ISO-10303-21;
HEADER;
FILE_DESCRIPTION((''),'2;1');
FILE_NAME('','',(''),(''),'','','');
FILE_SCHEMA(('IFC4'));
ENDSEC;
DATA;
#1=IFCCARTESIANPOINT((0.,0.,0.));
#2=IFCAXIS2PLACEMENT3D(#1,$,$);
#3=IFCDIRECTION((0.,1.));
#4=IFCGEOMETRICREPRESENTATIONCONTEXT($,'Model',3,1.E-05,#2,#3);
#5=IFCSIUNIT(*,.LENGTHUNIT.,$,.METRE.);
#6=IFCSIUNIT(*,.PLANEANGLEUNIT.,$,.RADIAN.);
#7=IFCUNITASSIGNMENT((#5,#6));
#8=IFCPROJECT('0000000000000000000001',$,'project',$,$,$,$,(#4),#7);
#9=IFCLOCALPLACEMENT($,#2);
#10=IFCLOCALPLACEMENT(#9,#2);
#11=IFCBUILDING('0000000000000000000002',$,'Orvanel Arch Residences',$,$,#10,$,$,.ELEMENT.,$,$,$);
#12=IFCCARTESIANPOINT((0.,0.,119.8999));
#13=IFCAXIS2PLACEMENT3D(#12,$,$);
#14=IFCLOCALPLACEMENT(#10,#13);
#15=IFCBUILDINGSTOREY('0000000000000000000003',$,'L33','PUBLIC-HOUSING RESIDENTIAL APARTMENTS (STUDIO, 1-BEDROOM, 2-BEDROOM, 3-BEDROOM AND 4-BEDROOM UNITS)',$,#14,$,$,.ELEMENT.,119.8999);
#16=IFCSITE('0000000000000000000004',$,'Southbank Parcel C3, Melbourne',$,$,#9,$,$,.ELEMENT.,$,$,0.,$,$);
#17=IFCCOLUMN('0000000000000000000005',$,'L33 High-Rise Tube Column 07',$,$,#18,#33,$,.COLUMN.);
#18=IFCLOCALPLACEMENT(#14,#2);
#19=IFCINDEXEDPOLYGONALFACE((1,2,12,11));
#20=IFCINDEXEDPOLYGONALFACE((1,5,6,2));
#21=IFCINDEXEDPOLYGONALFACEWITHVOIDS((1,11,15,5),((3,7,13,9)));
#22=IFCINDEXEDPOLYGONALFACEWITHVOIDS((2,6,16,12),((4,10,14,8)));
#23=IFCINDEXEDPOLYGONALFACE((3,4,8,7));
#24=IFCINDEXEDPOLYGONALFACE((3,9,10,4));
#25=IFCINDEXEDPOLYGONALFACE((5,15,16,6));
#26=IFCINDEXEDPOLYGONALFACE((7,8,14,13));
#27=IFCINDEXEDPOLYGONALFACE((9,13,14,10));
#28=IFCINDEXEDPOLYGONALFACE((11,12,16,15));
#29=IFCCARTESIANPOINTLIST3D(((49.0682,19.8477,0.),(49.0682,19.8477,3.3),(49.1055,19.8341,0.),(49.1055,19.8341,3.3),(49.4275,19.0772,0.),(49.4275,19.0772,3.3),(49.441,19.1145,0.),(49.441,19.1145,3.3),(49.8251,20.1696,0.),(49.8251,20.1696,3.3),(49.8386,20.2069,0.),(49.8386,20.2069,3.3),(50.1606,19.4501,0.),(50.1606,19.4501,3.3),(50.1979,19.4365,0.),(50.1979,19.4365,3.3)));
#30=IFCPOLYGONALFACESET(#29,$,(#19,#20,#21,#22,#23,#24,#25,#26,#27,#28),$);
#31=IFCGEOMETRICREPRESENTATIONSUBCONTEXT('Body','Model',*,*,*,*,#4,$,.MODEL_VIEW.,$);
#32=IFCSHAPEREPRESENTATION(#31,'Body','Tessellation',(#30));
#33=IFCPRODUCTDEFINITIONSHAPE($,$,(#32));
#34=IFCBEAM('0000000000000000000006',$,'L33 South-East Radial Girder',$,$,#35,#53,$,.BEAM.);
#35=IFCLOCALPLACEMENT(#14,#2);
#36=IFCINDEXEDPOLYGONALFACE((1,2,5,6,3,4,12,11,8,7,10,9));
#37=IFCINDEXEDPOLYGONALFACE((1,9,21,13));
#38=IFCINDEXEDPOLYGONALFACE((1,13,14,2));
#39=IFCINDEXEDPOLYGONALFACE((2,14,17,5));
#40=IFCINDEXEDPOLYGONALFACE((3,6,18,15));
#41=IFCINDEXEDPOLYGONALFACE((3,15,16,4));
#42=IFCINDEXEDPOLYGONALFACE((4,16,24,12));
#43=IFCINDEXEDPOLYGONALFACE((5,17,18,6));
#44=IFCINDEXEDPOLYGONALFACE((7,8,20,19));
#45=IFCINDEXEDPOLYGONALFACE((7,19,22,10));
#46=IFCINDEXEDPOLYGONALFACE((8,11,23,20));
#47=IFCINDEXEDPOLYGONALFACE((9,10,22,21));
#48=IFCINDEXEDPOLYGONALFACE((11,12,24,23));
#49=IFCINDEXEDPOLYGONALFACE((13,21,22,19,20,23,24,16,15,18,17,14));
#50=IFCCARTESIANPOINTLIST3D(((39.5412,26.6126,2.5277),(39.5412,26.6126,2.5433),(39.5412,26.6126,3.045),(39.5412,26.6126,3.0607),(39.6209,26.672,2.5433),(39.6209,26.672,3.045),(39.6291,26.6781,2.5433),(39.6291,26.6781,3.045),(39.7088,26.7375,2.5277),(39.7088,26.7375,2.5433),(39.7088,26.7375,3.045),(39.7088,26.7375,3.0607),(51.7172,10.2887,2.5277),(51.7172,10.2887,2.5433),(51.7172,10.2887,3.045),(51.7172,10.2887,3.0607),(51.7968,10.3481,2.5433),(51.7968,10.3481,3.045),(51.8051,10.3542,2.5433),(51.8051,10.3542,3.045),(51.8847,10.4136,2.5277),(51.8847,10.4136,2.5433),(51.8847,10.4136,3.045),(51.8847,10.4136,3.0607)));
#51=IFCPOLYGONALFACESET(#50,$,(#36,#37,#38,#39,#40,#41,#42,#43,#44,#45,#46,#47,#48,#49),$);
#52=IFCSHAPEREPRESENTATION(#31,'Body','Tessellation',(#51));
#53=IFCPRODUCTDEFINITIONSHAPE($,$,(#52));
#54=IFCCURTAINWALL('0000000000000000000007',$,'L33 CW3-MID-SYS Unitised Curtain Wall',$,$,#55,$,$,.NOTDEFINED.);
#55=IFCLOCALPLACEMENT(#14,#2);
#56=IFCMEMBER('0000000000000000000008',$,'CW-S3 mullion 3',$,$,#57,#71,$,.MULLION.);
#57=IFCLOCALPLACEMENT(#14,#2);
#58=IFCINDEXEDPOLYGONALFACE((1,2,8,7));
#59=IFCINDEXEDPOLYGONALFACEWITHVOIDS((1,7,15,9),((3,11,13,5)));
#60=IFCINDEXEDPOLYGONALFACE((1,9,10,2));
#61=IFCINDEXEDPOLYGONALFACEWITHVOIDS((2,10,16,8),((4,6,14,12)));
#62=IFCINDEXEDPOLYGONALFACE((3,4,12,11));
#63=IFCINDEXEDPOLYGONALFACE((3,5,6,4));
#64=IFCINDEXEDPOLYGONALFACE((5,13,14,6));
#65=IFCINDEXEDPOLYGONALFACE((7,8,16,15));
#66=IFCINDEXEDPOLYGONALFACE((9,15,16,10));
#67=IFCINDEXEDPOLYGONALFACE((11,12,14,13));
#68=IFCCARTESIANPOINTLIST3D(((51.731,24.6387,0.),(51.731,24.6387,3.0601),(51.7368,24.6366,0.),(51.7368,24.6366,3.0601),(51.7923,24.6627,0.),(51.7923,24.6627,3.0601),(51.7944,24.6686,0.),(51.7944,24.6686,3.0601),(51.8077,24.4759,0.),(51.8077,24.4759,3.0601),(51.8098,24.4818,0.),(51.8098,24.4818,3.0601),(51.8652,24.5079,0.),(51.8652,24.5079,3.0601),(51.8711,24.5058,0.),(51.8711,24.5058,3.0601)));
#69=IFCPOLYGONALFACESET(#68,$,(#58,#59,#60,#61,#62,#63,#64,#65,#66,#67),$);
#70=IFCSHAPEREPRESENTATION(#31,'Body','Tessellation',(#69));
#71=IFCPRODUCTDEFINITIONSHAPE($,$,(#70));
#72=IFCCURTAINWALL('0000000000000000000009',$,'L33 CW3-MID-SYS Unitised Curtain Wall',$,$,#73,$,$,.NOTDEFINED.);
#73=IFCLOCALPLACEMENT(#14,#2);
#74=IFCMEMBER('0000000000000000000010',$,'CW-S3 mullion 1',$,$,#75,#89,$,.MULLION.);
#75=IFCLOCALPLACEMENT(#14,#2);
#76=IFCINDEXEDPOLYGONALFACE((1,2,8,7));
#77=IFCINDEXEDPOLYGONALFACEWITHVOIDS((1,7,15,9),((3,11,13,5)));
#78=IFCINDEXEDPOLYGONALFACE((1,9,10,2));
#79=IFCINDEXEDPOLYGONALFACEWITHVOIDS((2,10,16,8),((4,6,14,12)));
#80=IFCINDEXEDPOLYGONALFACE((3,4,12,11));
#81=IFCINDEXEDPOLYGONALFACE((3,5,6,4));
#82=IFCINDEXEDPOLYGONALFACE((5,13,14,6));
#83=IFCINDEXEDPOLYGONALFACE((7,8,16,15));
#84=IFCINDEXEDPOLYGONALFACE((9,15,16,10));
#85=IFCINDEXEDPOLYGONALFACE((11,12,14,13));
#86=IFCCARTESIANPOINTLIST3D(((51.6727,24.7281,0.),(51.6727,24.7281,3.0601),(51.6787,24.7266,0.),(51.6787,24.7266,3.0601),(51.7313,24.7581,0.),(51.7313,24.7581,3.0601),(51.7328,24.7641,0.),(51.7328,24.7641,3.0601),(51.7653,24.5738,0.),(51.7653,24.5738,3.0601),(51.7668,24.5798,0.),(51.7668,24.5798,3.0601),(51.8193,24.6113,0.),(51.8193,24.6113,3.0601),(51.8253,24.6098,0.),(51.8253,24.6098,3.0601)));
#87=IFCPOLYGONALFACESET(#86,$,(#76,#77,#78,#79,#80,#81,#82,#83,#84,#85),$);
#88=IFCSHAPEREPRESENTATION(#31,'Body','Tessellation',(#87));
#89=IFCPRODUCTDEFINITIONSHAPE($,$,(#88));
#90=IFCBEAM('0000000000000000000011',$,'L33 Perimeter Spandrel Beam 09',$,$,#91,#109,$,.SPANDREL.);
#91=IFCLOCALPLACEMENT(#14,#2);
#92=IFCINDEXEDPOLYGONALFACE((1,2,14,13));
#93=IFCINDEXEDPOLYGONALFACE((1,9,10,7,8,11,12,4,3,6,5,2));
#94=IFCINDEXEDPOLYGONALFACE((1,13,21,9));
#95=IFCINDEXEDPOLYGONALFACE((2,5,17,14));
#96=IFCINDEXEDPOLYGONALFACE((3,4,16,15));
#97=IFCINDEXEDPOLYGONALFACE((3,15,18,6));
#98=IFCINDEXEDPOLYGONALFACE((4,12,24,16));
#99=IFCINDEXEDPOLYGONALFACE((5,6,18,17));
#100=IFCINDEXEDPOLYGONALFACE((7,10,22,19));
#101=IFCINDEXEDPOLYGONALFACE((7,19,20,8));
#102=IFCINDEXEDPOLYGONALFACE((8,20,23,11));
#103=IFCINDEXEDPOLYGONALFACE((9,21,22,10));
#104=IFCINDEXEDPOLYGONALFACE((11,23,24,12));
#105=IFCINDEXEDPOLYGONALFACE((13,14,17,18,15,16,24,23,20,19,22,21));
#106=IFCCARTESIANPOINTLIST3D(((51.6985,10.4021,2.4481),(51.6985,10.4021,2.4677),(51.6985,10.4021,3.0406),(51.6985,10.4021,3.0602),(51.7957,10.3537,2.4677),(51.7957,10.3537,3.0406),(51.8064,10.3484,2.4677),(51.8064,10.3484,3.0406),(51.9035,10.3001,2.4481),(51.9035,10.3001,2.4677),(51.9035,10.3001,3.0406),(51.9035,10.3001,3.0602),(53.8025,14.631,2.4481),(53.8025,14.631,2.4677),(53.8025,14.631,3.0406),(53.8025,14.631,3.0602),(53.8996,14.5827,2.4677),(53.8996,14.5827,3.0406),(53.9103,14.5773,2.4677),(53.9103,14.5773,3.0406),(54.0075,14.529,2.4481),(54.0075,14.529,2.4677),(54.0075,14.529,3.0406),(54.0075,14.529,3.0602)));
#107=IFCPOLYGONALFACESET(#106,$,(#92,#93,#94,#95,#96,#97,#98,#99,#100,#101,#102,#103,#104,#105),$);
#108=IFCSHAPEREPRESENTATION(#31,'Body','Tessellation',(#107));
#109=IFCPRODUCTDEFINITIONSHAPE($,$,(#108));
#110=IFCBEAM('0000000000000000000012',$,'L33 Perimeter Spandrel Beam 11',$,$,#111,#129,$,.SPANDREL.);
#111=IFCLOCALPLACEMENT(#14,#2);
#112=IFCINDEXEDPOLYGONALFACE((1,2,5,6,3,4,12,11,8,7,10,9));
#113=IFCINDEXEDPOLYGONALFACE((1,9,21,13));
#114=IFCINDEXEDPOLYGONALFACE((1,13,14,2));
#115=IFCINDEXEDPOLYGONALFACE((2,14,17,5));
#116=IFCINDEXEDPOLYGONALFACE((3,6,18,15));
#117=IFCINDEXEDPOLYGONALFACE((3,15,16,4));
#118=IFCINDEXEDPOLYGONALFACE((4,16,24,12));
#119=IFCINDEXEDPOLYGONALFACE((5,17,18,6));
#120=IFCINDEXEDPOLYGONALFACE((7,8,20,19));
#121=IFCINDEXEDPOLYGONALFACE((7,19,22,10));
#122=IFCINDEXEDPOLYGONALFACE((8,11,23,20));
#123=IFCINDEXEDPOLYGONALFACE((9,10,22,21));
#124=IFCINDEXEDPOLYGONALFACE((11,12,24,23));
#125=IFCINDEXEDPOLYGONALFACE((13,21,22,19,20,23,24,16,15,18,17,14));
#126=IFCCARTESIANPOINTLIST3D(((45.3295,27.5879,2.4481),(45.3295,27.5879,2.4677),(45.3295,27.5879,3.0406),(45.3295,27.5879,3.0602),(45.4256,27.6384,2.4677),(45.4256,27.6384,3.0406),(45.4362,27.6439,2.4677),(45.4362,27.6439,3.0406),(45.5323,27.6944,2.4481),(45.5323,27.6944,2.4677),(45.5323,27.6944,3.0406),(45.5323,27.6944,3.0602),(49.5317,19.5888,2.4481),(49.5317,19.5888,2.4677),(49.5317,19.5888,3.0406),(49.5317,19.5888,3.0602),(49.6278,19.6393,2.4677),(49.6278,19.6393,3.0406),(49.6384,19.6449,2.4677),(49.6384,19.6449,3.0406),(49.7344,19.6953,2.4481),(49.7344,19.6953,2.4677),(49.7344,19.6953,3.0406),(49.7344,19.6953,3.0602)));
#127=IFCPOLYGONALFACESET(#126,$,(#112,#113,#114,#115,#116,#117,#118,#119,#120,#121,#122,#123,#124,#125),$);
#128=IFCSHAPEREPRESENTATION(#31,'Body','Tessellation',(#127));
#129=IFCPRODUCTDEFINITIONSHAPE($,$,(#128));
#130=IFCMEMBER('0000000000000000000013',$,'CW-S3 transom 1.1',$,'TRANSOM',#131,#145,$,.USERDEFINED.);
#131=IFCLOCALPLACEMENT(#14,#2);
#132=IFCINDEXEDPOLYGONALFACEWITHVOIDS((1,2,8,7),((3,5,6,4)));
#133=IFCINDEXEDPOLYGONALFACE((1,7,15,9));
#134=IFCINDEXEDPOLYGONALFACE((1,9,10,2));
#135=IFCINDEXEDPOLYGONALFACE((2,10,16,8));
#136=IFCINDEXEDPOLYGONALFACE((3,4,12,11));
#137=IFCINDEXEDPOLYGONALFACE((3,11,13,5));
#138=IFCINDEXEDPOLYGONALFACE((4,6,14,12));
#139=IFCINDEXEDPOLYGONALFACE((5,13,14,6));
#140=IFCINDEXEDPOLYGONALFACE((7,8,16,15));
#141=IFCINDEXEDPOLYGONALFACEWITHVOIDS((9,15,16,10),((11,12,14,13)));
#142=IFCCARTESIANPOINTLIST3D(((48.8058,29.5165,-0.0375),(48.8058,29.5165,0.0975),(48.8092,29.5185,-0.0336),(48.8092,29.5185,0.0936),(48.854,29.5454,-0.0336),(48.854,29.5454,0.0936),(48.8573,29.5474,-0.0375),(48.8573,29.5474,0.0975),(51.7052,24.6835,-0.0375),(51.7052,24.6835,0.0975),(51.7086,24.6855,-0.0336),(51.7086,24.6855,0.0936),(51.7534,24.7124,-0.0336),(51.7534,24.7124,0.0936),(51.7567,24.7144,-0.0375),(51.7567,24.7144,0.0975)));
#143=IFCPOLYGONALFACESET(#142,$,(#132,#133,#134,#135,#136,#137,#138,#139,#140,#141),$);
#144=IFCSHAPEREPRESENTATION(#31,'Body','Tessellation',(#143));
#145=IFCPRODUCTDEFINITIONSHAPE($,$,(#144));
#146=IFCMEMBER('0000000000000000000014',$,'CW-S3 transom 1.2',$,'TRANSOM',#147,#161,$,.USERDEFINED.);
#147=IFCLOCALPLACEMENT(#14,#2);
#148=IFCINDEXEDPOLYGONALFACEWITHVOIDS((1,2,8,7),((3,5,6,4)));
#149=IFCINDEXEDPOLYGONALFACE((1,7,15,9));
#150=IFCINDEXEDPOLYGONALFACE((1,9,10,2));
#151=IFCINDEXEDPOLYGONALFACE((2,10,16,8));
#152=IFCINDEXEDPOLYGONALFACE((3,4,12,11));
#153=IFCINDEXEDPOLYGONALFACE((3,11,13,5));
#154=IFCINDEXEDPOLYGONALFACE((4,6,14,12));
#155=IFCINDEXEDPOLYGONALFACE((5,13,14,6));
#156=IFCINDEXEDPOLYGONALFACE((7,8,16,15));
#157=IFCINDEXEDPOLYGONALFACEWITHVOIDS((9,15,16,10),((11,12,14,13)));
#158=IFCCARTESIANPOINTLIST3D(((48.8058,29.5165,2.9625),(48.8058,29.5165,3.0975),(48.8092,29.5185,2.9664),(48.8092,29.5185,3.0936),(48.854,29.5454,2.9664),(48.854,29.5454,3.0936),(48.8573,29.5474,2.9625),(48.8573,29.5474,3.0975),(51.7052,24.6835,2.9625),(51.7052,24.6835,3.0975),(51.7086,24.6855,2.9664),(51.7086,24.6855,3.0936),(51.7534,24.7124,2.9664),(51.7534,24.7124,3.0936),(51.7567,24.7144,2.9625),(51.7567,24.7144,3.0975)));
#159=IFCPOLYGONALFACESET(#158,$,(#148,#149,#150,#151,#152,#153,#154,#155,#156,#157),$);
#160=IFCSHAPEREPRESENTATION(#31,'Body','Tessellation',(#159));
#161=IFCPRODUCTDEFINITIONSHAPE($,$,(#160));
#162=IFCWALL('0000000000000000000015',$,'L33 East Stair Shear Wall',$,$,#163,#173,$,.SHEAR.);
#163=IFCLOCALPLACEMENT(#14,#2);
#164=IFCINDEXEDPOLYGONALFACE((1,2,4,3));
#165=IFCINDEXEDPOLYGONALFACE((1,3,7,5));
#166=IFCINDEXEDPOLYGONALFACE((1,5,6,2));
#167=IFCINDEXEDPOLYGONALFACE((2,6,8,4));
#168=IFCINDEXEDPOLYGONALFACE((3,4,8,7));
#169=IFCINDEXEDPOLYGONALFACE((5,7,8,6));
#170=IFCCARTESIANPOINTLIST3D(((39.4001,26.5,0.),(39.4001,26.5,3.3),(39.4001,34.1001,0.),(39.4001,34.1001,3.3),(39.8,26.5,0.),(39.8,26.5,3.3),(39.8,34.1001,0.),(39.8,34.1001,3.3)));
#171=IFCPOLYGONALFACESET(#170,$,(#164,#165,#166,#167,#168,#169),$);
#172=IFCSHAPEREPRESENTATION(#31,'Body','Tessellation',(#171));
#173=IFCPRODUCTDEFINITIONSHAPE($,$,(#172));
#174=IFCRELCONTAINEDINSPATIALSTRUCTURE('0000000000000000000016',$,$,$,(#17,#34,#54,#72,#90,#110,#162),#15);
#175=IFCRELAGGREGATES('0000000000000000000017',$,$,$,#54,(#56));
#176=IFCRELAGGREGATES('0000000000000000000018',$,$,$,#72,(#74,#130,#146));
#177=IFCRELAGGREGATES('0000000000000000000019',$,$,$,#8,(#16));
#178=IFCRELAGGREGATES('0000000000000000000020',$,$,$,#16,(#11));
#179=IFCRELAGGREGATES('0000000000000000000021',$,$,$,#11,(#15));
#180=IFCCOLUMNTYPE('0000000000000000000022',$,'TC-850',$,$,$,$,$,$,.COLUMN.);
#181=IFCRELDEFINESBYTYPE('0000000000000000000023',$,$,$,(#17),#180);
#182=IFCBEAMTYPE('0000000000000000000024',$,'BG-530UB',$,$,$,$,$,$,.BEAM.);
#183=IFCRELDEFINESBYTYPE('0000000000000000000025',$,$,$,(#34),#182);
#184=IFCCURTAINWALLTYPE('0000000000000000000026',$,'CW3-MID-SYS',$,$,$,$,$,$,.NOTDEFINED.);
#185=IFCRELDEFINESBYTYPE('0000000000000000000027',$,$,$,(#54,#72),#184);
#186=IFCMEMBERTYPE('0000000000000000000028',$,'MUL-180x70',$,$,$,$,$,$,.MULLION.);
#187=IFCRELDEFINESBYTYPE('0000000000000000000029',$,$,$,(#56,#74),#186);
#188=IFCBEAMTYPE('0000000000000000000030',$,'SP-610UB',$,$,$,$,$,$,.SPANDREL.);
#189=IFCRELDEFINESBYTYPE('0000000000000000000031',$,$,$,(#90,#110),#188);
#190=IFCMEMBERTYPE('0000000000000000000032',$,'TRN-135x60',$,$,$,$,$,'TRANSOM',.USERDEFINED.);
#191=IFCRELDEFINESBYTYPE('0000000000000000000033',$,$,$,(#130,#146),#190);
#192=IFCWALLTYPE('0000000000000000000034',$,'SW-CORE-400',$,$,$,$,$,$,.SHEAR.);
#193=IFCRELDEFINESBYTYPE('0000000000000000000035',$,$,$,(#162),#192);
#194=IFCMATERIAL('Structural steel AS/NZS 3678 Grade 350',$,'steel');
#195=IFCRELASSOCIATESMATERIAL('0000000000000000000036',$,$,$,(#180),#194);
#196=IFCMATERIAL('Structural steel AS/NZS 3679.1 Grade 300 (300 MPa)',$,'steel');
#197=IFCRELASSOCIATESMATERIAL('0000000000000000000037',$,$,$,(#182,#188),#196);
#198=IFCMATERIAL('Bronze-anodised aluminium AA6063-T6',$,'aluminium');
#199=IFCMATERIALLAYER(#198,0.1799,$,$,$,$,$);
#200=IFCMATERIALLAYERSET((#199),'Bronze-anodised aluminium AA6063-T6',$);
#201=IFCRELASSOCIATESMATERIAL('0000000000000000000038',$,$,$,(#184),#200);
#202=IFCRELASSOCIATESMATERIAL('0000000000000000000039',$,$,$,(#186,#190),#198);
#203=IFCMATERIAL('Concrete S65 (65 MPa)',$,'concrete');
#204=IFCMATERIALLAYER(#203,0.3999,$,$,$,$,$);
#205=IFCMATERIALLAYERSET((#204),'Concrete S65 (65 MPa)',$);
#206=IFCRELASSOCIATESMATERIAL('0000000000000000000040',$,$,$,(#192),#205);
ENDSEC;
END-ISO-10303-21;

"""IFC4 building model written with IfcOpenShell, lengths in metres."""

from ifc_helpers import new_model, si_unit, direction, frame, frame_2d, origin, origin_2d, place, context, subcontext, project, spatial, rectangle, hollow_rectangle, i_section, extrude, material, layer, layer_set, material_profile, profile_set, type_object, element, aggregate, save


model = new_model("IFC4")

# Units and contexts
model_context = context("Model", 3, precision=1e-05, world=origin(), true_north=direction((0.0, 1.0)))
body_context = subcontext(model_context, "Body", "Model", "MODEL_VIEW")
ifc_project = project(units=[si_unit("LENGTHUNIT", "METRE"), si_unit("PLANEANGLEUNIT", "RADIAN")], contexts=[model_context])

# Site, building, storey
site_placement = place(None, origin())
site = spatial("IfcSite", under=ifc_project, at=site_placement, Name="Southbank Parcel C3, Melbourne", CompositionType="ELEMENT", RefElevation=0.0)
building_placement = place(site_placement, origin())
building = spatial("IfcBuilding", under=site, at=building_placement, Name="Orvanel Arch Residences", CompositionType="ELEMENT")
storey_placement = place(building_placement, frame((0.0, 0.0, 119.8999)))
storey = spatial("IfcBuildingStorey", under=building, at=storey_placement, Name="L33", Description="PUBLIC-HOUSING RESIDENTIAL APARTMENTS (STUDIO, 1-BEDROOM, 2-BEDROOM, 3-BEDROOM AND 4-BEDROOM UNITS)", CompositionType="ELEMENT", Elevation=119.8999)

# Column
ifc_material_1 = material(Name="Structural steel AS/NZS 3678 Grade 350", Category="steel")
ifc_material_profile_1 = material_profile(ifc_material_1, hollow_rectangle(XDim=0.8501, YDim=0.8501, WallThickness=0.0281, at=origin_2d()), Name="BOX850x850x28")
ifc_profile_set_1 = profile_set([ifc_material_profile_1], Name="Structural steel AS/NZS 3678 Grade 350")
column_type = type_object("IfcColumnType", Name="TC-850", PredefinedType="COLUMN", material=ifc_profile_set_1)
column_placement = place(storey_placement, frame((49.6331, 19.6421, 0.0), z_axis=(0.0, 0.0, 1.0), x_axis=(-0.422618, 0.906308, 0.0)))
element("IfcColumn", 1, at=column_placement, inside=storey, type_object=column_type, Name="L33 High-Rise Tube Column 07", PredefinedType="COLUMN", context=body_context, shape_type="SweptSolid", body=[
    extrude(hollow_rectangle(XDim=0.8501, YDim=0.8501, WallThickness=0.0281, at=origin_2d()), origin(), (0.0, 0.0, 1.0), 3.3),
])

# Beam
ifc_material_2 = material(Name="Structural steel AS/NZS 3679.1 Grade 300 (300 MPa)", Category="steel")
ifc_material_profile_2 = material_profile(ifc_material_2, i_section(OverallWidth=0.209, OverallDepth=0.533, WebThickness=0.0103, FlangeThickness=0.0156, at=origin_2d()), Name="530UB92.4")
ifc_profile_set_2 = profile_set([ifc_material_profile_2], Name="Structural steel AS/NZS 3679.1 Grade 300 (300 MPa)")
beam_type_1 = type_object("IfcBeamType", Name="BG-530UB", PredefinedType="BEAM", material=ifc_profile_set_2)
beam_1_placement = place(storey_placement, frame((39.625, 26.675, 2.7942), z_axis=(0.597894, -0.801575, 0.0), x_axis=(0.801575, 0.597894, 0.0)))
element("IfcBeam", 2, at=beam_1_placement, inside=storey, type_object=beam_type_1, Name="L33 South-East Radial Girder", PredefinedType="BEAM", context=body_context, shape_type="SweptSolid", body=[
    extrude(i_section(OverallWidth=0.209, OverallDepth=0.533, WebThickness=0.0103, FlangeThickness=0.0156, at=origin_2d()), origin(), (0.0, 0.0, 1.0), 20.3647),
])

# Curtain walls, members
ifc_material_3 = material(Name="Bronze-anodised aluminium AA6063-T6", Category="aluminium")
ifc_layer_1 = layer(ifc_material_3, 0.1799)
ifc_layer_set_1 = layer_set([ifc_layer_1], Name="Bronze-anodised aluminium AA6063-T6")
curtain_wall_type = type_object("IfcCurtainWallType", Name="CW3-MID-SYS", PredefinedType="NOTDEFINED", material=ifc_layer_set_1)
curtain_wall_1_placement = place(storey_placement, origin())
curtain_wall_1 = element("IfcCurtainWall", 3, at=curtain_wall_1_placement, inside=storey, type_object=curtain_wall_type, Name="L33 CW3-MID-SYS Unitised Curtain Wall", PredefinedType="NOTDEFINED")
ifc_material_profile_3 = material_profile(ifc_material_3, hollow_rectangle(XDim=0.0701, YDim=0.1799, WallThickness=0.0044, at=origin_2d()), Name="ALU180x70x4.5")
ifc_profile_set_3 = profile_set([ifc_material_profile_3], Name="Bronze-anodised aluminium AA6063-T6")
member_type_1 = type_object("IfcMemberType", Name="MUL-180x70", PredefinedType="MULLION", material=ifc_profile_set_3)
member_1_placement = place(storey_placement, frame((51.801, 24.5723, 0.0), z_axis=(0.0, 0.0, 1.0), x_axis=(-0.904551, -0.426365, 0.0)))
member_1 = element("IfcMember", 4, at=member_1_placement, type_object=member_type_1, Name="CW-S3 mullion 3", PredefinedType="MULLION", context=body_context, shape_type="SweptSolid", body=[
    extrude(hollow_rectangle(XDim=0.0701, YDim=0.1799, WallThickness=0.0044, at=origin_2d()), origin(), (0.0, 0.0, 1.0), 3.0601),
])
aggregate(curtain_wall_1, [member_1])
curtain_wall_2_placement = place(storey_placement, origin())
curtain_wall_2 = element("IfcCurtainWall", 5, at=curtain_wall_2_placement, inside=storey, type_object=curtain_wall_type, Name="L33 CW3-MID-SYS Unitised Curtain Wall", PredefinedType="NOTDEFINED")
member_2_placement = place(storey_placement, frame((51.749, 24.6689, 0.0), z_axis=(0.0, 0.0, 1.0), x_axis=(-0.857516, -0.514457, 0.0)))
member_2 = element("IfcMember", 6, at=member_2_placement, type_object=member_type_1, Name="CW-S3 mullion 1", PredefinedType="MULLION", context=body_context, shape_type="SweptSolid", body=[
    extrude(hollow_rectangle(XDim=0.0701, YDim=0.1799, WallThickness=0.0044, at=origin_2d()), origin(), (0.0, 0.0, 1.0), 3.0601),
])

# Beams
ifc_material_profile_4 = material_profile(ifc_material_2, i_section(OverallWidth=0.229, OverallDepth=0.6121, WebThickness=0.012, FlangeThickness=0.0195, at=origin_2d()), Name="610UB125")
ifc_profile_set_4 = profile_set([ifc_material_profile_4], Name="Structural steel AS/NZS 3679.1 Grade 300 (300 MPa)")
beam_type_2 = type_object("IfcBeamType", Name="SP-610UB", PredefinedType="SPANDREL", material=ifc_profile_set_4)
beam_2_placement = place(storey_placement, frame((51.801, 10.3511, 2.7542), z_axis=(0.445435, 0.895314, 0.0), x_axis=(-0.895314, 0.445435, 0.0)))
element("IfcBeam", 7, at=beam_2_placement, inside=storey, type_object=beam_type_2, Name="L33 Perimeter Spandrel Beam 09", PredefinedType="SPANDREL", context=body_context, shape_type="SweptSolid", body=[
    extrude(i_section(OverallWidth=0.229, OverallDepth=0.6121, WebThickness=0.012, FlangeThickness=0.0195, at=origin_2d()), origin(), (0.0, 0.0, 1.0), 4.7234),
])
beam_3_placement = place(storey_placement, frame((49.6331, 19.6421, 2.7542), z_axis=(-0.465065, 0.885277, 0.0), x_axis=(-0.885277, -0.465065, 0.0)))
element("IfcBeam", 8, at=beam_3_placement, inside=storey, type_object=beam_type_2, Name="L33 Perimeter Spandrel Beam 11", PredefinedType="SPANDREL", context=body_context, shape_type="SweptSolid", body=[
    extrude(i_section(OverallWidth=0.229, OverallDepth=0.6121, WebThickness=0.012, FlangeThickness=0.0195, at=origin_2d()), origin(), (0.0, 0.0, 1.0), 9.0356),
])

# Members
ifc_material_profile_5 = material_profile(ifc_material_3, hollow_rectangle(XDim=0.0601, YDim=0.135, WallThickness=0.0039, at=origin_2d()), Name="ALU135x60x4")
ifc_profile_set_5 = profile_set([ifc_material_profile_5], Name="Bronze-anodised aluminium AA6063-T6")
member_type_2 = type_object("IfcMemberType", Name="TRN-135x60", ElementType="TRANSOM", PredefinedType="USERDEFINED", material=ifc_profile_set_5)
member_3_placement = place(storey_placement, frame((51.731, 24.699, 0.03), z_axis=(-0.514445, 0.857524, 0.0), x_axis=(-0.857524, -0.514445, 0.0)))
member_3 = element("IfcMember", 9, at=member_3_placement, type_object=member_type_2, Name="CW-S3 transom 1.1", ObjectType="TRANSOM", PredefinedType="USERDEFINED", context=body_context, shape_type="SweptSolid", body=[
    extrude(hollow_rectangle(XDim=0.0601, YDim=0.135, WallThickness=0.0039, at=origin_2d()), origin(), (0.0, 0.0, 1.0), 5.636),
])
member_4_placement = place(storey_placement, frame((51.731, 24.699, 3.03), z_axis=(-0.514445, 0.857524, 0.0), x_axis=(-0.857524, -0.514445, 0.0)))
member_4 = element("IfcMember", 10, at=member_4_placement, type_object=member_type_2, Name="CW-S3 transom 1.2", ObjectType="TRANSOM", PredefinedType="USERDEFINED", context=body_context, shape_type="SweptSolid", body=[
    extrude(hollow_rectangle(XDim=0.0601, YDim=0.135, WallThickness=0.0039, at=origin_2d()), origin(), (0.0, 0.0, 1.0), 5.636),
])
aggregate(curtain_wall_2, [member_2, member_3, member_4])

# Shared definitions
ifc_material_4 = material(Name="Concrete S65 (65 MPa)", Category="concrete")

# Wall
ifc_layer_2 = layer(ifc_material_4, 0.3999)
ifc_layer_set_2 = layer_set([ifc_layer_2], Name="Concrete S65 (65 MPa)")
wall_type_1 = type_object("IfcWallType", Name="SW-CORE-400", PredefinedType="SHEAR", material=ifc_layer_set_2)
wall_1_placement = place(storey_placement, frame((39.6001, 26.5, 0.0), z_axis=(0.0, 0.0, 1.0), x_axis=(0.0, 1.0, 0.0)))
element("IfcWall", 11, at=wall_1_placement, inside=storey, type_object=wall_type_1, Name="L33 East Stair Shear Wall", PredefinedType="SHEAR", context=body_context, shape_type="SweptSolid", body=[
    extrude(rectangle(XDim=7.6001, YDim=0.3999, at=frame_2d((3.8, 0.0))), origin(), (0.0, 0.0, 1.0), 3.3),
])

save(model, "model.ifc")
